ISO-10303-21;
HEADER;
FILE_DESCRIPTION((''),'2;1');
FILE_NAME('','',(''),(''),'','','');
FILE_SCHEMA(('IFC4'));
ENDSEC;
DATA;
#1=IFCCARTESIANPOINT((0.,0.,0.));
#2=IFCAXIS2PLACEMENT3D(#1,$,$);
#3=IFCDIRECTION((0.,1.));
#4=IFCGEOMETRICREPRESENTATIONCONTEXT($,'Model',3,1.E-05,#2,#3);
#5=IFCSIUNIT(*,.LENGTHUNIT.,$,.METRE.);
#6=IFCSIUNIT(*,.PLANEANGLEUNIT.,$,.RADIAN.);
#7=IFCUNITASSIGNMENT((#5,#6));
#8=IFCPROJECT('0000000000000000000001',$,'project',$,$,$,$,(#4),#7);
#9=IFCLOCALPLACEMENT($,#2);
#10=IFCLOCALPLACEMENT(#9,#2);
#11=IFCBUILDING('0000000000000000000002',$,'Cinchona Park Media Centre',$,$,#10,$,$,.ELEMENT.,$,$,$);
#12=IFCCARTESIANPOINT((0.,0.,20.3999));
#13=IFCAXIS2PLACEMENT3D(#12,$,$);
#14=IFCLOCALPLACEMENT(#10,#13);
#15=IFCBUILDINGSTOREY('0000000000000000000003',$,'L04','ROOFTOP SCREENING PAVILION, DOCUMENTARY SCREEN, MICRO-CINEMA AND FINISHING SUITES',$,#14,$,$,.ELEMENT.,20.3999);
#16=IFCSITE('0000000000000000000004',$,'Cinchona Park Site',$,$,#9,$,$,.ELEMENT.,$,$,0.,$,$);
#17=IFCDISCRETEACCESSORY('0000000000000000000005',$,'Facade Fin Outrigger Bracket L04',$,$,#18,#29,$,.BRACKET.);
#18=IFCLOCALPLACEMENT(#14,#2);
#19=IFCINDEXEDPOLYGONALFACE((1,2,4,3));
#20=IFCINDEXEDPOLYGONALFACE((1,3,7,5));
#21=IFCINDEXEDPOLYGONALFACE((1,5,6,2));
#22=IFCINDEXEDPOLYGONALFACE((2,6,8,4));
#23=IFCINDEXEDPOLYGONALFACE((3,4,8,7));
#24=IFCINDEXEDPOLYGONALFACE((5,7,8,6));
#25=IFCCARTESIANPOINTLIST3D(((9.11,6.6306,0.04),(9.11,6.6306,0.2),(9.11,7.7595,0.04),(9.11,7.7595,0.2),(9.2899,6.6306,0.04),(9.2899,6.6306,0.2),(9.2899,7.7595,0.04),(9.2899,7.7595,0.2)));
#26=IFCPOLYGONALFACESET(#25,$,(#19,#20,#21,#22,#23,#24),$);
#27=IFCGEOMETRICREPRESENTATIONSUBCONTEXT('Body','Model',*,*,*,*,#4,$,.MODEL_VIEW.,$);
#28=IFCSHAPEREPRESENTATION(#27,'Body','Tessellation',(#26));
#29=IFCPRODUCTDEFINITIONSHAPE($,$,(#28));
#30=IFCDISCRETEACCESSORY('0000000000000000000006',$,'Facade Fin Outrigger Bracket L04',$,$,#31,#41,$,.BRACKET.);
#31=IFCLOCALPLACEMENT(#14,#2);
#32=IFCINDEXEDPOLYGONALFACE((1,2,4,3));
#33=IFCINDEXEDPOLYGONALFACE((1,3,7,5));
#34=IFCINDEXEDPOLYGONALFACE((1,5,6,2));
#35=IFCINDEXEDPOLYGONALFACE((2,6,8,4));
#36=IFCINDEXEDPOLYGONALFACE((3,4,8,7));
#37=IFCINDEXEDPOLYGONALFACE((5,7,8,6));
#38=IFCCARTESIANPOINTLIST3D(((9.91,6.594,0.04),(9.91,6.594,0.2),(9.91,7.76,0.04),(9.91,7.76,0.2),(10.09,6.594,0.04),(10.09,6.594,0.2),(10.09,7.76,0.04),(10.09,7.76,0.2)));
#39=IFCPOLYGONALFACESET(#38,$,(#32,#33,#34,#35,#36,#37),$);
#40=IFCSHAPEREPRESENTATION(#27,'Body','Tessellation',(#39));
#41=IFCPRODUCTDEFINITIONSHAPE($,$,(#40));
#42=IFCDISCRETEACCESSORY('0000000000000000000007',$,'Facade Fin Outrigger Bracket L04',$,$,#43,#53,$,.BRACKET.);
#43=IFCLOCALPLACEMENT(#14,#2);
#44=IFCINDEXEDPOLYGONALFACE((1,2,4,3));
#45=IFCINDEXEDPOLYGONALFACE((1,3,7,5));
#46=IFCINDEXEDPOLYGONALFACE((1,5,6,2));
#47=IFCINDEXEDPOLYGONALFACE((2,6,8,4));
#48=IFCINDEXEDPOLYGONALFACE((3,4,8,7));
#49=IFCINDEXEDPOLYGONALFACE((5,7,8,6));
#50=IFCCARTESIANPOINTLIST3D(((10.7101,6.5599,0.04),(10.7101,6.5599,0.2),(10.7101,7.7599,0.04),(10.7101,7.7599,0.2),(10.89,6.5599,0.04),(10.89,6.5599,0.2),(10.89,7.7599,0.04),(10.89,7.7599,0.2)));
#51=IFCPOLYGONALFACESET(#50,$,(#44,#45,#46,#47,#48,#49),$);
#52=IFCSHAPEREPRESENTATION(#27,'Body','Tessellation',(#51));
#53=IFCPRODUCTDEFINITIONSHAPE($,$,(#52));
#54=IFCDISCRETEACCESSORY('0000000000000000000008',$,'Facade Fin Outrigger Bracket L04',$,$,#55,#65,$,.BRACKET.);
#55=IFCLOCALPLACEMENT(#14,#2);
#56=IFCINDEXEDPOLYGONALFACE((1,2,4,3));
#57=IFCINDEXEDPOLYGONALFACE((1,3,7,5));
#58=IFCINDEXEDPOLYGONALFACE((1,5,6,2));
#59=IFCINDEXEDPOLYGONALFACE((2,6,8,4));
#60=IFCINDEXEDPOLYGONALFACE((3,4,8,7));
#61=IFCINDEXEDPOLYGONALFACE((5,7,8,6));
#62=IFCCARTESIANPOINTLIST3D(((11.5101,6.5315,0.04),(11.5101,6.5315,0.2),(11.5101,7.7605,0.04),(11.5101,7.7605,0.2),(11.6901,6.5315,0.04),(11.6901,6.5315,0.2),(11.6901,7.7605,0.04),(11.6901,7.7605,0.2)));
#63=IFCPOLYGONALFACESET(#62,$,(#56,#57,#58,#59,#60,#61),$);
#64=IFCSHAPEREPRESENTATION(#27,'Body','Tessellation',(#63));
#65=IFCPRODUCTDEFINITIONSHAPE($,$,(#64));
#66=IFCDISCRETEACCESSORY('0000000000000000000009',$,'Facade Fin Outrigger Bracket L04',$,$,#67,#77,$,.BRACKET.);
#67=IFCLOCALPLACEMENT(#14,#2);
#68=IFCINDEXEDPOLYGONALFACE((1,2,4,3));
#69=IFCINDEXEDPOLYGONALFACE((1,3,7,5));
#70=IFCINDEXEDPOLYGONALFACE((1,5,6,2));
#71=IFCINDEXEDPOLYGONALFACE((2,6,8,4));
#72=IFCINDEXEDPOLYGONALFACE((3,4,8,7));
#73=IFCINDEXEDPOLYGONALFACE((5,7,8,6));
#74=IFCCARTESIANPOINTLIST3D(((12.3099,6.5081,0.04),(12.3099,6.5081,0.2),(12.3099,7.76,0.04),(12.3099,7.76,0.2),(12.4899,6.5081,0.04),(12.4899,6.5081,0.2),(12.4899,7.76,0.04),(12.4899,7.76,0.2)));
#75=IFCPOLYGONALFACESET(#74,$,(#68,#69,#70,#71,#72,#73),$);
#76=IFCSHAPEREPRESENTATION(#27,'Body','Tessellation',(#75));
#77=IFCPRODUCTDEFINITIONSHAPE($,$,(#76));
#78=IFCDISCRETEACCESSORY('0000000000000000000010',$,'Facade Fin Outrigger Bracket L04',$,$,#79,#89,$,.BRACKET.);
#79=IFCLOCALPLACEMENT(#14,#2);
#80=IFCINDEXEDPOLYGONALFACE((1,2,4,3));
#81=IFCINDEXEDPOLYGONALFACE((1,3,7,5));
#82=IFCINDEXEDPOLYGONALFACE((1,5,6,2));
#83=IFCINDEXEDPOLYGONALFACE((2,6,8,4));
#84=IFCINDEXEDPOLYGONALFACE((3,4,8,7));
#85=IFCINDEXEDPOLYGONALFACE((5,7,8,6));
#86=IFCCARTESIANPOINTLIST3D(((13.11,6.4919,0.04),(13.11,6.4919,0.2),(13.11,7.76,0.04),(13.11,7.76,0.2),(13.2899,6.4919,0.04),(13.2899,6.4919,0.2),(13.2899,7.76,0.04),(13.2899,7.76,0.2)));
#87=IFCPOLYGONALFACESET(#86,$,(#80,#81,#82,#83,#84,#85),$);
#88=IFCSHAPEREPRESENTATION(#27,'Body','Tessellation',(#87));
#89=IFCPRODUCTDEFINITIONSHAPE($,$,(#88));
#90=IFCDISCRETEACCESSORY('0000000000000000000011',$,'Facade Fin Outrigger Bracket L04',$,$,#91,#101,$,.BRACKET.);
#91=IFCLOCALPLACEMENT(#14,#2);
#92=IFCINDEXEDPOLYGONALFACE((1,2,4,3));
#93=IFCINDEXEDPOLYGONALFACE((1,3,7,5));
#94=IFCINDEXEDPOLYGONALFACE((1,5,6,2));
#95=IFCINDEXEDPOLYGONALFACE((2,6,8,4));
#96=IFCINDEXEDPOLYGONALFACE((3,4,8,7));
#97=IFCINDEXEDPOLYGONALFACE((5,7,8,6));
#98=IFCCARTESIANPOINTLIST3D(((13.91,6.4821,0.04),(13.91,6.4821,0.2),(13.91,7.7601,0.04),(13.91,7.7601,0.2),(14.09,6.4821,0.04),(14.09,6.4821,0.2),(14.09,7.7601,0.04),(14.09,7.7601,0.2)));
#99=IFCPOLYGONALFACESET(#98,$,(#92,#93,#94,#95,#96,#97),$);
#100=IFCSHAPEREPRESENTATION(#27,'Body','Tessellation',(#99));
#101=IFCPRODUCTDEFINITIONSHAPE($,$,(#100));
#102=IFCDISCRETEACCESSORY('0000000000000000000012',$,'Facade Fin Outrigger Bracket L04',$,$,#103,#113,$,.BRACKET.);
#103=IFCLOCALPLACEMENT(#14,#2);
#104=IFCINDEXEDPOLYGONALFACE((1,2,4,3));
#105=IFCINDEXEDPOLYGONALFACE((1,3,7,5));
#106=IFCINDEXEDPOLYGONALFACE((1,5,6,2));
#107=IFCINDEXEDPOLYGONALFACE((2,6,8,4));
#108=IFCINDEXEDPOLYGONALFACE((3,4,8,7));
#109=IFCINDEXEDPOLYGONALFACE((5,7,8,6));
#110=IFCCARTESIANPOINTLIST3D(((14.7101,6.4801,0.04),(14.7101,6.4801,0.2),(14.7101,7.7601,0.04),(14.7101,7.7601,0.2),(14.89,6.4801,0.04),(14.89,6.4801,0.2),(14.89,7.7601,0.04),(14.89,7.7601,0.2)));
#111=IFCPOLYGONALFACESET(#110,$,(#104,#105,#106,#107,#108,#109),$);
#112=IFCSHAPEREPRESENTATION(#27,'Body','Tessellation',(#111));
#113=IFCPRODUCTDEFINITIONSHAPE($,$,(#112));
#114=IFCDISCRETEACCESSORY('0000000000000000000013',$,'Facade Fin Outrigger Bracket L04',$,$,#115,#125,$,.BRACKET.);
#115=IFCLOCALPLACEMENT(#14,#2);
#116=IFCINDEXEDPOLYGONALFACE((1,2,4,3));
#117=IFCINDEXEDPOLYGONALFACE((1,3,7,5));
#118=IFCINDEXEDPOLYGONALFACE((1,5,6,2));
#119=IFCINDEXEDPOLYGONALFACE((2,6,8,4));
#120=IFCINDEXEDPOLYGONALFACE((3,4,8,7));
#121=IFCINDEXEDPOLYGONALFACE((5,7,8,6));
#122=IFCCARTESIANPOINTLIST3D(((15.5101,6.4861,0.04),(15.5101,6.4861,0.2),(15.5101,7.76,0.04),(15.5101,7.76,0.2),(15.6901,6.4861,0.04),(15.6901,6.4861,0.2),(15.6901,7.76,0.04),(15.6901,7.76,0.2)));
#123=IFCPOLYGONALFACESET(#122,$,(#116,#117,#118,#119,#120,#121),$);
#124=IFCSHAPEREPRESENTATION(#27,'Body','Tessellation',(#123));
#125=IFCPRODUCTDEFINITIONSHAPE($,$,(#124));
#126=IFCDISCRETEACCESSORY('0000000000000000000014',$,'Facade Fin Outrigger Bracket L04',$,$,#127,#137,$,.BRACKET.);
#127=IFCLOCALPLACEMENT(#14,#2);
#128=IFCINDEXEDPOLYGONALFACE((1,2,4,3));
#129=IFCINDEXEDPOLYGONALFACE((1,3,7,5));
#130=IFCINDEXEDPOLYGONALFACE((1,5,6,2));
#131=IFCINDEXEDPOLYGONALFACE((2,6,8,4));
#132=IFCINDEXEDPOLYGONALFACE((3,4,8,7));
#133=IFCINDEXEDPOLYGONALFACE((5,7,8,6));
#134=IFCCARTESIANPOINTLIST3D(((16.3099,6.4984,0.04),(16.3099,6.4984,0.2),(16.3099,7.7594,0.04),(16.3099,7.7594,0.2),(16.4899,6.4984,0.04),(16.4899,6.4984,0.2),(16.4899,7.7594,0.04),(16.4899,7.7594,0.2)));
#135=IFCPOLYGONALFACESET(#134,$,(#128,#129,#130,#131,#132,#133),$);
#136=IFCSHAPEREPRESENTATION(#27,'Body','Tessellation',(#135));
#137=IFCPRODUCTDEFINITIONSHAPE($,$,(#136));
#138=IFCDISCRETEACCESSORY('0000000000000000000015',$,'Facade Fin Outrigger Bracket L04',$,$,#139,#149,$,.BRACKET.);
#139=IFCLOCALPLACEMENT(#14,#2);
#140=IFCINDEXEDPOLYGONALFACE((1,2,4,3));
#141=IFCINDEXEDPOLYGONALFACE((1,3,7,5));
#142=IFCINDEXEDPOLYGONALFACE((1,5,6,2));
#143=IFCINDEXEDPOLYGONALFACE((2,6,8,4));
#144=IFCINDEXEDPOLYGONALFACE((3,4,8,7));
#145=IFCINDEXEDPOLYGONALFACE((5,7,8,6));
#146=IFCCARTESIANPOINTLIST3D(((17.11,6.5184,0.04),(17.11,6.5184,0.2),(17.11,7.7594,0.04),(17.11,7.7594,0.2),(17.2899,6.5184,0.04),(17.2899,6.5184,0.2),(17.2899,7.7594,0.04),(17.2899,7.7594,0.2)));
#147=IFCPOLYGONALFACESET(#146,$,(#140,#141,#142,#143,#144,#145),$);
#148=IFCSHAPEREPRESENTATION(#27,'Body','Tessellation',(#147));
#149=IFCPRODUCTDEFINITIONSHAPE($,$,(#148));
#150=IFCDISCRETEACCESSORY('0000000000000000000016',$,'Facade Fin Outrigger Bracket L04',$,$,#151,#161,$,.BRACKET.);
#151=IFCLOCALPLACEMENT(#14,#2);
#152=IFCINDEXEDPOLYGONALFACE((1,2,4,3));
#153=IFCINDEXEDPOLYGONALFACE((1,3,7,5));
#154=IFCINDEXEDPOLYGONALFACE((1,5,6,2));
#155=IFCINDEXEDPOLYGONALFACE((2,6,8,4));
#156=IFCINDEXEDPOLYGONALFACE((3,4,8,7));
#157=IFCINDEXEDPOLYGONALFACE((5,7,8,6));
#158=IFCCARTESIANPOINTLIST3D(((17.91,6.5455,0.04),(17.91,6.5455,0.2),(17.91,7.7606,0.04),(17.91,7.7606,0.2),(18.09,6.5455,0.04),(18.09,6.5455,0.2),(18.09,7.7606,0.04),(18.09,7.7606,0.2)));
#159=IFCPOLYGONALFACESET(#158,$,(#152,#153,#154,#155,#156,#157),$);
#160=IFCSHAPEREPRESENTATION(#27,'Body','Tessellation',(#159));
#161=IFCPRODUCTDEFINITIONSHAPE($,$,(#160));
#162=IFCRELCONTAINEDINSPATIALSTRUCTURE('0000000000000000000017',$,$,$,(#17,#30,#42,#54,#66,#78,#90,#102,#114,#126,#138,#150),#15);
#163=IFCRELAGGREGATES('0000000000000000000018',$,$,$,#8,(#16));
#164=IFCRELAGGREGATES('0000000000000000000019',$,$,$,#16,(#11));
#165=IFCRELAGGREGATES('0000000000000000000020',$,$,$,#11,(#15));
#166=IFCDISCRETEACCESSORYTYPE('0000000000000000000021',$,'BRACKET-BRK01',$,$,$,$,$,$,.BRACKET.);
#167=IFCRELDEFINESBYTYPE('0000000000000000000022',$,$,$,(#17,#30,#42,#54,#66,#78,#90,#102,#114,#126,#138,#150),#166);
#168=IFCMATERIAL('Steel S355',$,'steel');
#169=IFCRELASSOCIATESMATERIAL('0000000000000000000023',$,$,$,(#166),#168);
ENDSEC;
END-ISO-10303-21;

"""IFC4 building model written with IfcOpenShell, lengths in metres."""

from ifc_helpers import new_model, si_unit, direction, frame, origin, origin_2d, place, context, subcontext, project, spatial, rectangle, extrude, material, type_object, element, save


model = new_model("IFC4")

# Units and contexts
model_context = context("Model", 3, precision=1e-05, world=origin(), true_north=direction((0.0, 1.0)))
body_context = subcontext(model_context, "Body", "Model", "MODEL_VIEW")
ifc_project = project(units=[si_unit("LENGTHUNIT", "METRE"), si_unit("PLANEANGLEUNIT", "RADIAN")], contexts=[model_context])

# Site, building, storey
site_placement = place(None, origin())
site = spatial("IfcSite", under=ifc_project, at=site_placement, Name="Cinchona Park Site", CompositionType="ELEMENT", RefElevation=0.0)
building_placement = place(site_placement, origin())
building = spatial("IfcBuilding", under=site, at=building_placement, Name="Cinchona Park Media Centre", CompositionType="ELEMENT")
storey_placement = place(building_placement, frame((0.0, 0.0, 20.3999)))
storey = spatial("IfcBuildingStorey", under=building, at=storey_placement, Name="L04", Description="ROOFTOP SCREENING PAVILION, DOCUMENTARY SCREEN, MICRO-CINEMA AND FINISHING SUITES", CompositionType="ELEMENT", Elevation=20.3999)

# Discrete accessories
ifc_material_1 = material(Name="Steel S355", Category="steel")
discrete_accessory_type = type_object("IfcDiscreteAccessoryType", Name="BRACKET-BRK01", PredefinedType="BRACKET", material=ifc_material_1)
discrete_accessory_1_placement = place(storey_placement, frame((9.2, 7.1951, 0.04), z_axis=(0.0, 0.0, 1.0), x_axis=(1.0, 0.0, 0.0)))
element("IfcDiscreteAccessory", 1, at=discrete_accessory_1_placement, inside=storey, type_object=discrete_accessory_type, Name="Facade Fin Outrigger Bracket L04", PredefinedType="BRACKET", context=body_context, shape_type="SweptSolid", body=[
    extrude(rectangle(XDim=0.1799, YDim=1.1289, at=origin_2d()), origin(), (0.0, 0.0, 1.0), 0.1599),
])
discrete_accessory_2_placement = place(storey_placement, frame((10.0, 7.177, 0.04), z_axis=(0.0, 0.0, 1.0), x_axis=(1.0, 0.0, 0.0)))
element("IfcDiscreteAccessory", 2, at=discrete_accessory_2_placement, inside=storey, type_object=discrete_accessory_type, Name="Facade Fin Outrigger Bracket L04", PredefinedType="BRACKET", context=body_context, shape_type="SweptSolid", body=[
    extrude(rectangle(XDim=0.1799, YDim=1.166, at=origin_2d()), origin(), (0.0, 0.0, 1.0), 0.1599),
])
discrete_accessory_3_placement = place(storey_placement, frame((10.8, 7.1599, 0.04), z_axis=(0.0, 0.0, 1.0), x_axis=(1.0, 0.0, 0.0)))
element("IfcDiscreteAccessory", 3, at=discrete_accessory_3_placement, inside=storey, type_object=discrete_accessory_type, Name="Facade Fin Outrigger Bracket L04", PredefinedType="BRACKET", context=body_context, shape_type="SweptSolid", body=[
    extrude(rectangle(XDim=0.1799, YDim=1.2, at=origin_2d()), origin(), (0.0, 0.0, 1.0), 0.1599),
])
discrete_accessory_4_placement = place(storey_placement, frame((11.6001, 7.146, 0.04), z_axis=(0.0, 0.0, 1.0), x_axis=(1.0, 0.0, 0.0)))
element("IfcDiscreteAccessory", 4, at=discrete_accessory_4_placement, inside=storey, type_object=discrete_accessory_type, Name="Facade Fin Outrigger Bracket L04", PredefinedType="BRACKET", context=body_context, shape_type="SweptSolid", body=[
    extrude(rectangle(XDim=0.1799, YDim=1.229, at=origin_2d()), origin(), (0.0, 0.0, 1.0), 0.1599),
])
discrete_accessory_5_placement = place(storey_placement, frame((12.3999, 7.134, 0.04), z_axis=(0.0, 0.0, 1.0), x_axis=(1.0, 0.0, 0.0)))
element("IfcDiscreteAccessory", 5, at=discrete_accessory_5_placement, inside=storey, type_object=discrete_accessory_type, Name="Facade Fin Outrigger Bracket L04", PredefinedType="BRACKET", context=body_context, shape_type="SweptSolid", body=[
    extrude(rectangle(XDim=0.1799, YDim=1.252, at=origin_2d()), origin(), (0.0, 0.0, 1.0), 0.1599),
])
discrete_accessory_6_placement = place(storey_placement, frame((13.2, 7.126, 0.04), z_axis=(0.0, 0.0, 1.0), x_axis=(1.0, 0.0, 0.0)))
element("IfcDiscreteAccessory", 6, at=discrete_accessory_6_placement, inside=storey, type_object=discrete_accessory_type, Name="Facade Fin Outrigger Bracket L04", PredefinedType="BRACKET", context=body_context, shape_type="SweptSolid", body=[
    extrude(rectangle(XDim=0.1799, YDim=1.2681, at=origin_2d()), origin(), (0.0, 0.0, 1.0), 0.1599),
])
discrete_accessory_7_placement = place(storey_placement, frame((14.0, 7.1211, 0.04), z_axis=(0.0, 0.0, 1.0), x_axis=(1.0, 0.0, 0.0)))
element("IfcDiscreteAccessory", 7, at=discrete_accessory_7_placement, inside=storey, type_object=discrete_accessory_type, Name="Facade Fin Outrigger Bracket L04", PredefinedType="BRACKET", context=body_context, shape_type="SweptSolid", body=[
    extrude(rectangle(XDim=0.1799, YDim=1.2781, at=origin_2d()), origin(), (0.0, 0.0, 1.0), 0.1599),
])
discrete_accessory_8_placement = place(storey_placement, frame((14.8, 7.1201, 0.04), z_axis=(0.0, 0.0, 1.0), x_axis=(1.0, 0.0, 0.0)))
element("IfcDiscreteAccessory", 8, at=discrete_accessory_8_placement, inside=storey, type_object=discrete_accessory_type, Name="Facade Fin Outrigger Bracket L04", PredefinedType="BRACKET", context=body_context, shape_type="SweptSolid", body=[
    extrude(rectangle(XDim=0.1799, YDim=1.28, at=origin_2d()), origin(), (0.0, 0.0, 1.0), 0.1599),
])
discrete_accessory_9_placement = place(storey_placement, frame((15.6001, 7.123, 0.04), z_axis=(0.0, 0.0, 1.0), x_axis=(1.0, 0.0, 0.0)))
element("IfcDiscreteAccessory", 9, at=discrete_accessory_9_placement, inside=storey, type_object=discrete_accessory_type, Name="Facade Fin Outrigger Bracket L04", PredefinedType="BRACKET", context=body_context, shape_type="SweptSolid", body=[
    extrude(rectangle(XDim=0.1799, YDim=1.2739, at=origin_2d()), origin(), (0.0, 0.0, 1.0), 0.1599),
])
discrete_accessory_10_placement = place(storey_placement, frame((16.3999, 7.1289, 0.04), z_axis=(0.0, 0.0, 1.0), x_axis=(1.0, 0.0, 0.0)))
element("IfcDiscreteAccessory", 10, at=discrete_accessory_10_placement, inside=storey, type_object=discrete_accessory_type, Name="Facade Fin Outrigger Bracket L04", PredefinedType="BRACKET", context=body_context, shape_type="SweptSolid", body=[
    extrude(rectangle(XDim=0.1799, YDim=1.261, at=origin_2d()), origin(), (0.0, 0.0, 1.0), 0.1599),
])
discrete_accessory_11_placement = place(storey_placement, frame((17.2, 7.1389, 0.04), z_axis=(0.0, 0.0, 1.0), x_axis=(1.0, 0.0, 0.0)))
element("IfcDiscreteAccessory", 11, at=discrete_accessory_11_placement, inside=storey, type_object=discrete_accessory_type, Name="Facade Fin Outrigger Bracket L04", PredefinedType="BRACKET", context=body_context, shape_type="SweptSolid", body=[
    extrude(rectangle(XDim=0.1799, YDim=1.241, at=origin_2d()), origin(), (0.0, 0.0, 1.0), 0.1599),
])
discrete_accessory_12_placement = place(storey_placement, frame((18.0, 7.1531, 0.04), z_axis=(0.0, 0.0, 1.0), x_axis=(1.0, 0.0, 0.0)))
element("IfcDiscreteAccessory", 12, at=discrete_accessory_12_placement, inside=storey, type_object=discrete_accessory_type, Name="Facade Fin Outrigger Bracket L04", PredefinedType="BRACKET", context=body_context, shape_type="SweptSolid", body=[
    extrude(rectangle(XDim=0.1799, YDim=1.2151, at=origin_2d()), origin(), (0.0, 0.0, 1.0), 0.1599),
])

save(model, "model.ifc")
